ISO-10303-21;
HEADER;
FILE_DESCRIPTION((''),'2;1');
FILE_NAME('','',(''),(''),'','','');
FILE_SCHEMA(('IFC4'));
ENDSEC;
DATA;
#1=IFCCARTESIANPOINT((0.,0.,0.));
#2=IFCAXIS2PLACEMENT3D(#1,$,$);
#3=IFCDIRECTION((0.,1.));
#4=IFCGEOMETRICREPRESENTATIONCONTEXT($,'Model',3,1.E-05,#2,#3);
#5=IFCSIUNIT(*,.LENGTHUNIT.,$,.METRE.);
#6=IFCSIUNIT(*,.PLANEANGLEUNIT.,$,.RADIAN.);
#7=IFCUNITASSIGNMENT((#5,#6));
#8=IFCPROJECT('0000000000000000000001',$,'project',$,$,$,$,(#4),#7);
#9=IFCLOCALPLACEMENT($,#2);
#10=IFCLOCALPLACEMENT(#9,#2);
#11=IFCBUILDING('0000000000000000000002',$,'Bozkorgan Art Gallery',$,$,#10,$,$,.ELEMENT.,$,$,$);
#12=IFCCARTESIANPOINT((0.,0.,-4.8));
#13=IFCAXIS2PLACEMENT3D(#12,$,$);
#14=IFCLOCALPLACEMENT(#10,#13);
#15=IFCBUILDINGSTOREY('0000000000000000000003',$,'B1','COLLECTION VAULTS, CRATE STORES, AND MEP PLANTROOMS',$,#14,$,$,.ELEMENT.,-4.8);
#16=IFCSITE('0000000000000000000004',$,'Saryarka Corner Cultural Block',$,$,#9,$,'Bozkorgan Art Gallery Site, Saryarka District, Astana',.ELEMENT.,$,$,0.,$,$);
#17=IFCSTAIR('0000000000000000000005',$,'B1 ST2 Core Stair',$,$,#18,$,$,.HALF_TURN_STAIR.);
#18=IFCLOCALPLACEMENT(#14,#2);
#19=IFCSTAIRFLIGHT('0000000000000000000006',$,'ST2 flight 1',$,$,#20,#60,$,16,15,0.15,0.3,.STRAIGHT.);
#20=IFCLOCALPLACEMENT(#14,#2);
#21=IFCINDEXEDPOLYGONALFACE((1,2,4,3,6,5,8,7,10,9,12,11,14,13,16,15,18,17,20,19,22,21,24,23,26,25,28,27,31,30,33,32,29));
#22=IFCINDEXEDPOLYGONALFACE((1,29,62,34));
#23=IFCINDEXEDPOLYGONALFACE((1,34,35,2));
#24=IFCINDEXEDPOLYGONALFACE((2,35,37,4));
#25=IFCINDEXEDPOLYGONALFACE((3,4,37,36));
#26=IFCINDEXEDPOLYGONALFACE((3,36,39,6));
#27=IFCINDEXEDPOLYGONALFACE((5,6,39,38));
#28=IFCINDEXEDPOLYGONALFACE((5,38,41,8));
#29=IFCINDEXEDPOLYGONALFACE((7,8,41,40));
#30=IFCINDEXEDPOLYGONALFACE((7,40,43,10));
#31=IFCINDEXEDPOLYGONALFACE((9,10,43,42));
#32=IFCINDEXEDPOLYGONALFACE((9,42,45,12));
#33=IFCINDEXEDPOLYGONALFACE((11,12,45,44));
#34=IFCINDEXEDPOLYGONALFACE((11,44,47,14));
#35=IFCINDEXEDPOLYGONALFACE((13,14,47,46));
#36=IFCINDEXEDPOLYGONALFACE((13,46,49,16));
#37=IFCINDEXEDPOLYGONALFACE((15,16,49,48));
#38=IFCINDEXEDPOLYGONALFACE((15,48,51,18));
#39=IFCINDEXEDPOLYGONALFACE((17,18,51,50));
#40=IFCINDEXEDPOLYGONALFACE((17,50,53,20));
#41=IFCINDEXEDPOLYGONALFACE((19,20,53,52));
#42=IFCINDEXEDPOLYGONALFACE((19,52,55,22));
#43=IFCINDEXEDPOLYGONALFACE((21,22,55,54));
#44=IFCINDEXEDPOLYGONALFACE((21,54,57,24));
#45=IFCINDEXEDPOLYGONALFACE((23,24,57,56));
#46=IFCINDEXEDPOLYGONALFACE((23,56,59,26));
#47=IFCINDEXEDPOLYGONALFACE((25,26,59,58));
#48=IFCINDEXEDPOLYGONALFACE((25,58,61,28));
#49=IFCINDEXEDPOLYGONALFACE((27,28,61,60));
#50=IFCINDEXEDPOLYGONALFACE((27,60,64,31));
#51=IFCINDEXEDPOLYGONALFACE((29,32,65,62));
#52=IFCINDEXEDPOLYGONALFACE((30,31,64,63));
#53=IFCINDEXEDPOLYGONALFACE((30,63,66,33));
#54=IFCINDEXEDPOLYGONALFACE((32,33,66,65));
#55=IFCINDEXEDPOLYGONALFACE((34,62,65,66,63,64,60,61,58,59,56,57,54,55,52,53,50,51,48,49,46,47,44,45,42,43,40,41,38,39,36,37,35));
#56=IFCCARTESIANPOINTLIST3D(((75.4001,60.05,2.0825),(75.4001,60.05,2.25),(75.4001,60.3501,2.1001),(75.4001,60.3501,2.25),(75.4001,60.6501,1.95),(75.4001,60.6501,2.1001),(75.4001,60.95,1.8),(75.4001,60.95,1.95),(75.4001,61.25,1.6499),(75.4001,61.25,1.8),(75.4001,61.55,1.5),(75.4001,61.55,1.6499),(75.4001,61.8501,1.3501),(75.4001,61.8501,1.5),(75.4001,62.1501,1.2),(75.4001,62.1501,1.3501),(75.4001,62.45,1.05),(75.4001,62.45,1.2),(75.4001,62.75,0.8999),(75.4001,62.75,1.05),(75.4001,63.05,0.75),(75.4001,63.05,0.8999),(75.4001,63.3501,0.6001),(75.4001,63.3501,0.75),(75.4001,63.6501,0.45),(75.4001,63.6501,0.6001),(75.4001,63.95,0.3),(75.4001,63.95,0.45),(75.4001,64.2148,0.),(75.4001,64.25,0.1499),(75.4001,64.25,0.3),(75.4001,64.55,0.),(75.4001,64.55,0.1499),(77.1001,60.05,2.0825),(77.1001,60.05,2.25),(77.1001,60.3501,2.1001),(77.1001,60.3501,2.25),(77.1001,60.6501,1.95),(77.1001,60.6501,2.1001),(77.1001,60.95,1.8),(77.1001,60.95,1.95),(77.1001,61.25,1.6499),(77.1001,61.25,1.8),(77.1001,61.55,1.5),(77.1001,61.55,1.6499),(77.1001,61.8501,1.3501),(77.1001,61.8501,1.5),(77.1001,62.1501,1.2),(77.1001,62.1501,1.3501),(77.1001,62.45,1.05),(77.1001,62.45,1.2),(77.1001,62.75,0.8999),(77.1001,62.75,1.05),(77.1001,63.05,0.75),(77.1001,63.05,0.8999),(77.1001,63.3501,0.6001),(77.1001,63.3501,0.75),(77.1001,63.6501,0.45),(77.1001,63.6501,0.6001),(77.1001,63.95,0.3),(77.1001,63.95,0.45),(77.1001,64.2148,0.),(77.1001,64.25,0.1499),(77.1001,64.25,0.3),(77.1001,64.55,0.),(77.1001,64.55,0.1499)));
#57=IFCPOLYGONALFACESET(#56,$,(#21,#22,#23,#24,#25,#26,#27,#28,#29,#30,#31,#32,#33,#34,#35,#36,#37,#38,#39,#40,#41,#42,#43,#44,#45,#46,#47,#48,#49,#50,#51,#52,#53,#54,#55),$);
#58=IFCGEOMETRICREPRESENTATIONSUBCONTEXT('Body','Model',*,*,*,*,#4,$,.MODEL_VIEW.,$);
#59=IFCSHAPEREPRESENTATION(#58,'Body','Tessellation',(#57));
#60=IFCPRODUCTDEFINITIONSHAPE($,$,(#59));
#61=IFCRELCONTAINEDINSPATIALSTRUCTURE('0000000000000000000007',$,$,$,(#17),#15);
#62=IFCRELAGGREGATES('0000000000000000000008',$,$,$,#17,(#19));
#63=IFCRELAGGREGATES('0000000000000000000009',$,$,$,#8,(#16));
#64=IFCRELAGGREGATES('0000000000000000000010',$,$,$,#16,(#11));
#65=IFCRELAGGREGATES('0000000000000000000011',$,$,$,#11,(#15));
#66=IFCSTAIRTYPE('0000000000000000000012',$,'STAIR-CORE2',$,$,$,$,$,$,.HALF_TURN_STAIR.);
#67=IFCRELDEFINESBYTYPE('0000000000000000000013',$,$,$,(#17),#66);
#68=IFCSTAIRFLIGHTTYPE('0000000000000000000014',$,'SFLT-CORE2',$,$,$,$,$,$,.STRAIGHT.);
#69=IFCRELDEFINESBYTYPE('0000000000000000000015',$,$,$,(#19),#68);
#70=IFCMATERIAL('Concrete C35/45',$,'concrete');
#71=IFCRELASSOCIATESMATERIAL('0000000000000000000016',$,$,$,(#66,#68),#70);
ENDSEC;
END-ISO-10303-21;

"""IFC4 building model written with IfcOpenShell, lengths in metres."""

from ifc_helpers import new_model, si_unit, direction, frame, origin, place, context, subcontext, project, spatial, polyline, outline, extrude, material, type_object, element, aggregate, save


model = new_model("IFC4")

# Units and contexts
model_context = context("Model", 3, precision=1e-05, world=origin(), true_north=direction((0.0, 1.0)))
body_context = subcontext(model_context, "Body", "Model", "MODEL_VIEW")
ifc_project = project(units=[si_unit("LENGTHUNIT", "METRE"), si_unit("PLANEANGLEUNIT", "RADIAN")], contexts=[model_context])

# Site, building, storey
site_placement = place(None, origin())
site = spatial("IfcSite", under=ifc_project, at=site_placement, Name="Saryarka Corner Cultural Block", LongName="Bozkorgan Art Gallery Site, Saryarka District, Astana", CompositionType="ELEMENT", RefElevation=0.0)
building_placement = place(site_placement, origin())
building = spatial("IfcBuilding", under=site, at=building_placement, Name="Bozkorgan Art Gallery", CompositionType="ELEMENT")
storey_placement = place(building_placement, frame((0.0, 0.0, -4.8)))
storey = spatial("IfcBuildingStorey", under=building, at=storey_placement, Name="B1", Description="COLLECTION VAULTS, CRATE STORES, AND MEP PLANTROOMS", CompositionType="ELEMENT", Elevation=-4.8)

# Stair, stair flight
ifc_material_1 = material(Name="Concrete C35/45", Category="concrete")
stair_type = type_object("IfcStairType", Name="STAIR-CORE2", PredefinedType="HALF_TURN_STAIR", material=ifc_material_1)
stair_placement = place(storey_placement, origin())
stair = element("IfcStair", 1, at=stair_placement, inside=storey, type_object=stair_type, Name="B1 ST2 Core Stair", PredefinedType="HALF_TURN_STAIR")
stair_flight_type = type_object("IfcStairFlightType", Name="SFLT-CORE2", PredefinedType="STRAIGHT", material=ifc_material_1)
stair_flight_placement = place(storey_placement, frame((76.25, 64.55, 0.0), z_axis=(0.0, 0.0, 1.0), x_axis=(0.0, -1.0, 0.0)))
stair_flight = element("IfcStairFlight", 2, at=stair_flight_placement, type_object=stair_flight_type, Name="ST2 flight 1", NumberOfRisers=16, NumberOfTreads=15, PredefinedType="STRAIGHT", RiserHeight=0.15, TreadLength=0.3, context=body_context, shape_type="SweptSolid", body=[
    extrude(outline(polyline([(0.0, 0.0), (0.0, 0.1499), (0.3, 0.1499), (0.3, 0.3), (0.6001, 0.3), (0.6001, 0.45), (0.8999, 0.45), (0.8999, 0.6001), (1.2, 0.6001), (1.2, 0.75), (1.5, 0.75), (1.5, 0.8999), (1.8, 0.8999), (1.8, 1.05), (2.1001, 1.05), (2.1001, 1.2), (2.3999, 1.2), (2.3999, 1.3501), (2.7, 1.3501), (2.7, 1.5), (3.0, 1.5), (3.0, 1.6499), (3.3, 1.6499), (3.3, 1.8), (3.6001, 1.8), (3.6001, 1.95), (3.8999, 1.95), (3.8999, 2.1001), (4.2, 2.1001), (4.2, 2.25), (4.5, 2.25), (4.5, 2.3999), (4.5, 2.0825), (0.3352, 0.0), (0.0, 0.0)])), frame((0.0, 0.8501, 0.0), z_axis=(0.0, -1.0, 0.0), x_axis=(1.0, 0.0, 0.0)), (0.0, 0.0, 1.0), 1.7),
])
aggregate(stair, [stair_flight])

save(model, "model.ifc")
